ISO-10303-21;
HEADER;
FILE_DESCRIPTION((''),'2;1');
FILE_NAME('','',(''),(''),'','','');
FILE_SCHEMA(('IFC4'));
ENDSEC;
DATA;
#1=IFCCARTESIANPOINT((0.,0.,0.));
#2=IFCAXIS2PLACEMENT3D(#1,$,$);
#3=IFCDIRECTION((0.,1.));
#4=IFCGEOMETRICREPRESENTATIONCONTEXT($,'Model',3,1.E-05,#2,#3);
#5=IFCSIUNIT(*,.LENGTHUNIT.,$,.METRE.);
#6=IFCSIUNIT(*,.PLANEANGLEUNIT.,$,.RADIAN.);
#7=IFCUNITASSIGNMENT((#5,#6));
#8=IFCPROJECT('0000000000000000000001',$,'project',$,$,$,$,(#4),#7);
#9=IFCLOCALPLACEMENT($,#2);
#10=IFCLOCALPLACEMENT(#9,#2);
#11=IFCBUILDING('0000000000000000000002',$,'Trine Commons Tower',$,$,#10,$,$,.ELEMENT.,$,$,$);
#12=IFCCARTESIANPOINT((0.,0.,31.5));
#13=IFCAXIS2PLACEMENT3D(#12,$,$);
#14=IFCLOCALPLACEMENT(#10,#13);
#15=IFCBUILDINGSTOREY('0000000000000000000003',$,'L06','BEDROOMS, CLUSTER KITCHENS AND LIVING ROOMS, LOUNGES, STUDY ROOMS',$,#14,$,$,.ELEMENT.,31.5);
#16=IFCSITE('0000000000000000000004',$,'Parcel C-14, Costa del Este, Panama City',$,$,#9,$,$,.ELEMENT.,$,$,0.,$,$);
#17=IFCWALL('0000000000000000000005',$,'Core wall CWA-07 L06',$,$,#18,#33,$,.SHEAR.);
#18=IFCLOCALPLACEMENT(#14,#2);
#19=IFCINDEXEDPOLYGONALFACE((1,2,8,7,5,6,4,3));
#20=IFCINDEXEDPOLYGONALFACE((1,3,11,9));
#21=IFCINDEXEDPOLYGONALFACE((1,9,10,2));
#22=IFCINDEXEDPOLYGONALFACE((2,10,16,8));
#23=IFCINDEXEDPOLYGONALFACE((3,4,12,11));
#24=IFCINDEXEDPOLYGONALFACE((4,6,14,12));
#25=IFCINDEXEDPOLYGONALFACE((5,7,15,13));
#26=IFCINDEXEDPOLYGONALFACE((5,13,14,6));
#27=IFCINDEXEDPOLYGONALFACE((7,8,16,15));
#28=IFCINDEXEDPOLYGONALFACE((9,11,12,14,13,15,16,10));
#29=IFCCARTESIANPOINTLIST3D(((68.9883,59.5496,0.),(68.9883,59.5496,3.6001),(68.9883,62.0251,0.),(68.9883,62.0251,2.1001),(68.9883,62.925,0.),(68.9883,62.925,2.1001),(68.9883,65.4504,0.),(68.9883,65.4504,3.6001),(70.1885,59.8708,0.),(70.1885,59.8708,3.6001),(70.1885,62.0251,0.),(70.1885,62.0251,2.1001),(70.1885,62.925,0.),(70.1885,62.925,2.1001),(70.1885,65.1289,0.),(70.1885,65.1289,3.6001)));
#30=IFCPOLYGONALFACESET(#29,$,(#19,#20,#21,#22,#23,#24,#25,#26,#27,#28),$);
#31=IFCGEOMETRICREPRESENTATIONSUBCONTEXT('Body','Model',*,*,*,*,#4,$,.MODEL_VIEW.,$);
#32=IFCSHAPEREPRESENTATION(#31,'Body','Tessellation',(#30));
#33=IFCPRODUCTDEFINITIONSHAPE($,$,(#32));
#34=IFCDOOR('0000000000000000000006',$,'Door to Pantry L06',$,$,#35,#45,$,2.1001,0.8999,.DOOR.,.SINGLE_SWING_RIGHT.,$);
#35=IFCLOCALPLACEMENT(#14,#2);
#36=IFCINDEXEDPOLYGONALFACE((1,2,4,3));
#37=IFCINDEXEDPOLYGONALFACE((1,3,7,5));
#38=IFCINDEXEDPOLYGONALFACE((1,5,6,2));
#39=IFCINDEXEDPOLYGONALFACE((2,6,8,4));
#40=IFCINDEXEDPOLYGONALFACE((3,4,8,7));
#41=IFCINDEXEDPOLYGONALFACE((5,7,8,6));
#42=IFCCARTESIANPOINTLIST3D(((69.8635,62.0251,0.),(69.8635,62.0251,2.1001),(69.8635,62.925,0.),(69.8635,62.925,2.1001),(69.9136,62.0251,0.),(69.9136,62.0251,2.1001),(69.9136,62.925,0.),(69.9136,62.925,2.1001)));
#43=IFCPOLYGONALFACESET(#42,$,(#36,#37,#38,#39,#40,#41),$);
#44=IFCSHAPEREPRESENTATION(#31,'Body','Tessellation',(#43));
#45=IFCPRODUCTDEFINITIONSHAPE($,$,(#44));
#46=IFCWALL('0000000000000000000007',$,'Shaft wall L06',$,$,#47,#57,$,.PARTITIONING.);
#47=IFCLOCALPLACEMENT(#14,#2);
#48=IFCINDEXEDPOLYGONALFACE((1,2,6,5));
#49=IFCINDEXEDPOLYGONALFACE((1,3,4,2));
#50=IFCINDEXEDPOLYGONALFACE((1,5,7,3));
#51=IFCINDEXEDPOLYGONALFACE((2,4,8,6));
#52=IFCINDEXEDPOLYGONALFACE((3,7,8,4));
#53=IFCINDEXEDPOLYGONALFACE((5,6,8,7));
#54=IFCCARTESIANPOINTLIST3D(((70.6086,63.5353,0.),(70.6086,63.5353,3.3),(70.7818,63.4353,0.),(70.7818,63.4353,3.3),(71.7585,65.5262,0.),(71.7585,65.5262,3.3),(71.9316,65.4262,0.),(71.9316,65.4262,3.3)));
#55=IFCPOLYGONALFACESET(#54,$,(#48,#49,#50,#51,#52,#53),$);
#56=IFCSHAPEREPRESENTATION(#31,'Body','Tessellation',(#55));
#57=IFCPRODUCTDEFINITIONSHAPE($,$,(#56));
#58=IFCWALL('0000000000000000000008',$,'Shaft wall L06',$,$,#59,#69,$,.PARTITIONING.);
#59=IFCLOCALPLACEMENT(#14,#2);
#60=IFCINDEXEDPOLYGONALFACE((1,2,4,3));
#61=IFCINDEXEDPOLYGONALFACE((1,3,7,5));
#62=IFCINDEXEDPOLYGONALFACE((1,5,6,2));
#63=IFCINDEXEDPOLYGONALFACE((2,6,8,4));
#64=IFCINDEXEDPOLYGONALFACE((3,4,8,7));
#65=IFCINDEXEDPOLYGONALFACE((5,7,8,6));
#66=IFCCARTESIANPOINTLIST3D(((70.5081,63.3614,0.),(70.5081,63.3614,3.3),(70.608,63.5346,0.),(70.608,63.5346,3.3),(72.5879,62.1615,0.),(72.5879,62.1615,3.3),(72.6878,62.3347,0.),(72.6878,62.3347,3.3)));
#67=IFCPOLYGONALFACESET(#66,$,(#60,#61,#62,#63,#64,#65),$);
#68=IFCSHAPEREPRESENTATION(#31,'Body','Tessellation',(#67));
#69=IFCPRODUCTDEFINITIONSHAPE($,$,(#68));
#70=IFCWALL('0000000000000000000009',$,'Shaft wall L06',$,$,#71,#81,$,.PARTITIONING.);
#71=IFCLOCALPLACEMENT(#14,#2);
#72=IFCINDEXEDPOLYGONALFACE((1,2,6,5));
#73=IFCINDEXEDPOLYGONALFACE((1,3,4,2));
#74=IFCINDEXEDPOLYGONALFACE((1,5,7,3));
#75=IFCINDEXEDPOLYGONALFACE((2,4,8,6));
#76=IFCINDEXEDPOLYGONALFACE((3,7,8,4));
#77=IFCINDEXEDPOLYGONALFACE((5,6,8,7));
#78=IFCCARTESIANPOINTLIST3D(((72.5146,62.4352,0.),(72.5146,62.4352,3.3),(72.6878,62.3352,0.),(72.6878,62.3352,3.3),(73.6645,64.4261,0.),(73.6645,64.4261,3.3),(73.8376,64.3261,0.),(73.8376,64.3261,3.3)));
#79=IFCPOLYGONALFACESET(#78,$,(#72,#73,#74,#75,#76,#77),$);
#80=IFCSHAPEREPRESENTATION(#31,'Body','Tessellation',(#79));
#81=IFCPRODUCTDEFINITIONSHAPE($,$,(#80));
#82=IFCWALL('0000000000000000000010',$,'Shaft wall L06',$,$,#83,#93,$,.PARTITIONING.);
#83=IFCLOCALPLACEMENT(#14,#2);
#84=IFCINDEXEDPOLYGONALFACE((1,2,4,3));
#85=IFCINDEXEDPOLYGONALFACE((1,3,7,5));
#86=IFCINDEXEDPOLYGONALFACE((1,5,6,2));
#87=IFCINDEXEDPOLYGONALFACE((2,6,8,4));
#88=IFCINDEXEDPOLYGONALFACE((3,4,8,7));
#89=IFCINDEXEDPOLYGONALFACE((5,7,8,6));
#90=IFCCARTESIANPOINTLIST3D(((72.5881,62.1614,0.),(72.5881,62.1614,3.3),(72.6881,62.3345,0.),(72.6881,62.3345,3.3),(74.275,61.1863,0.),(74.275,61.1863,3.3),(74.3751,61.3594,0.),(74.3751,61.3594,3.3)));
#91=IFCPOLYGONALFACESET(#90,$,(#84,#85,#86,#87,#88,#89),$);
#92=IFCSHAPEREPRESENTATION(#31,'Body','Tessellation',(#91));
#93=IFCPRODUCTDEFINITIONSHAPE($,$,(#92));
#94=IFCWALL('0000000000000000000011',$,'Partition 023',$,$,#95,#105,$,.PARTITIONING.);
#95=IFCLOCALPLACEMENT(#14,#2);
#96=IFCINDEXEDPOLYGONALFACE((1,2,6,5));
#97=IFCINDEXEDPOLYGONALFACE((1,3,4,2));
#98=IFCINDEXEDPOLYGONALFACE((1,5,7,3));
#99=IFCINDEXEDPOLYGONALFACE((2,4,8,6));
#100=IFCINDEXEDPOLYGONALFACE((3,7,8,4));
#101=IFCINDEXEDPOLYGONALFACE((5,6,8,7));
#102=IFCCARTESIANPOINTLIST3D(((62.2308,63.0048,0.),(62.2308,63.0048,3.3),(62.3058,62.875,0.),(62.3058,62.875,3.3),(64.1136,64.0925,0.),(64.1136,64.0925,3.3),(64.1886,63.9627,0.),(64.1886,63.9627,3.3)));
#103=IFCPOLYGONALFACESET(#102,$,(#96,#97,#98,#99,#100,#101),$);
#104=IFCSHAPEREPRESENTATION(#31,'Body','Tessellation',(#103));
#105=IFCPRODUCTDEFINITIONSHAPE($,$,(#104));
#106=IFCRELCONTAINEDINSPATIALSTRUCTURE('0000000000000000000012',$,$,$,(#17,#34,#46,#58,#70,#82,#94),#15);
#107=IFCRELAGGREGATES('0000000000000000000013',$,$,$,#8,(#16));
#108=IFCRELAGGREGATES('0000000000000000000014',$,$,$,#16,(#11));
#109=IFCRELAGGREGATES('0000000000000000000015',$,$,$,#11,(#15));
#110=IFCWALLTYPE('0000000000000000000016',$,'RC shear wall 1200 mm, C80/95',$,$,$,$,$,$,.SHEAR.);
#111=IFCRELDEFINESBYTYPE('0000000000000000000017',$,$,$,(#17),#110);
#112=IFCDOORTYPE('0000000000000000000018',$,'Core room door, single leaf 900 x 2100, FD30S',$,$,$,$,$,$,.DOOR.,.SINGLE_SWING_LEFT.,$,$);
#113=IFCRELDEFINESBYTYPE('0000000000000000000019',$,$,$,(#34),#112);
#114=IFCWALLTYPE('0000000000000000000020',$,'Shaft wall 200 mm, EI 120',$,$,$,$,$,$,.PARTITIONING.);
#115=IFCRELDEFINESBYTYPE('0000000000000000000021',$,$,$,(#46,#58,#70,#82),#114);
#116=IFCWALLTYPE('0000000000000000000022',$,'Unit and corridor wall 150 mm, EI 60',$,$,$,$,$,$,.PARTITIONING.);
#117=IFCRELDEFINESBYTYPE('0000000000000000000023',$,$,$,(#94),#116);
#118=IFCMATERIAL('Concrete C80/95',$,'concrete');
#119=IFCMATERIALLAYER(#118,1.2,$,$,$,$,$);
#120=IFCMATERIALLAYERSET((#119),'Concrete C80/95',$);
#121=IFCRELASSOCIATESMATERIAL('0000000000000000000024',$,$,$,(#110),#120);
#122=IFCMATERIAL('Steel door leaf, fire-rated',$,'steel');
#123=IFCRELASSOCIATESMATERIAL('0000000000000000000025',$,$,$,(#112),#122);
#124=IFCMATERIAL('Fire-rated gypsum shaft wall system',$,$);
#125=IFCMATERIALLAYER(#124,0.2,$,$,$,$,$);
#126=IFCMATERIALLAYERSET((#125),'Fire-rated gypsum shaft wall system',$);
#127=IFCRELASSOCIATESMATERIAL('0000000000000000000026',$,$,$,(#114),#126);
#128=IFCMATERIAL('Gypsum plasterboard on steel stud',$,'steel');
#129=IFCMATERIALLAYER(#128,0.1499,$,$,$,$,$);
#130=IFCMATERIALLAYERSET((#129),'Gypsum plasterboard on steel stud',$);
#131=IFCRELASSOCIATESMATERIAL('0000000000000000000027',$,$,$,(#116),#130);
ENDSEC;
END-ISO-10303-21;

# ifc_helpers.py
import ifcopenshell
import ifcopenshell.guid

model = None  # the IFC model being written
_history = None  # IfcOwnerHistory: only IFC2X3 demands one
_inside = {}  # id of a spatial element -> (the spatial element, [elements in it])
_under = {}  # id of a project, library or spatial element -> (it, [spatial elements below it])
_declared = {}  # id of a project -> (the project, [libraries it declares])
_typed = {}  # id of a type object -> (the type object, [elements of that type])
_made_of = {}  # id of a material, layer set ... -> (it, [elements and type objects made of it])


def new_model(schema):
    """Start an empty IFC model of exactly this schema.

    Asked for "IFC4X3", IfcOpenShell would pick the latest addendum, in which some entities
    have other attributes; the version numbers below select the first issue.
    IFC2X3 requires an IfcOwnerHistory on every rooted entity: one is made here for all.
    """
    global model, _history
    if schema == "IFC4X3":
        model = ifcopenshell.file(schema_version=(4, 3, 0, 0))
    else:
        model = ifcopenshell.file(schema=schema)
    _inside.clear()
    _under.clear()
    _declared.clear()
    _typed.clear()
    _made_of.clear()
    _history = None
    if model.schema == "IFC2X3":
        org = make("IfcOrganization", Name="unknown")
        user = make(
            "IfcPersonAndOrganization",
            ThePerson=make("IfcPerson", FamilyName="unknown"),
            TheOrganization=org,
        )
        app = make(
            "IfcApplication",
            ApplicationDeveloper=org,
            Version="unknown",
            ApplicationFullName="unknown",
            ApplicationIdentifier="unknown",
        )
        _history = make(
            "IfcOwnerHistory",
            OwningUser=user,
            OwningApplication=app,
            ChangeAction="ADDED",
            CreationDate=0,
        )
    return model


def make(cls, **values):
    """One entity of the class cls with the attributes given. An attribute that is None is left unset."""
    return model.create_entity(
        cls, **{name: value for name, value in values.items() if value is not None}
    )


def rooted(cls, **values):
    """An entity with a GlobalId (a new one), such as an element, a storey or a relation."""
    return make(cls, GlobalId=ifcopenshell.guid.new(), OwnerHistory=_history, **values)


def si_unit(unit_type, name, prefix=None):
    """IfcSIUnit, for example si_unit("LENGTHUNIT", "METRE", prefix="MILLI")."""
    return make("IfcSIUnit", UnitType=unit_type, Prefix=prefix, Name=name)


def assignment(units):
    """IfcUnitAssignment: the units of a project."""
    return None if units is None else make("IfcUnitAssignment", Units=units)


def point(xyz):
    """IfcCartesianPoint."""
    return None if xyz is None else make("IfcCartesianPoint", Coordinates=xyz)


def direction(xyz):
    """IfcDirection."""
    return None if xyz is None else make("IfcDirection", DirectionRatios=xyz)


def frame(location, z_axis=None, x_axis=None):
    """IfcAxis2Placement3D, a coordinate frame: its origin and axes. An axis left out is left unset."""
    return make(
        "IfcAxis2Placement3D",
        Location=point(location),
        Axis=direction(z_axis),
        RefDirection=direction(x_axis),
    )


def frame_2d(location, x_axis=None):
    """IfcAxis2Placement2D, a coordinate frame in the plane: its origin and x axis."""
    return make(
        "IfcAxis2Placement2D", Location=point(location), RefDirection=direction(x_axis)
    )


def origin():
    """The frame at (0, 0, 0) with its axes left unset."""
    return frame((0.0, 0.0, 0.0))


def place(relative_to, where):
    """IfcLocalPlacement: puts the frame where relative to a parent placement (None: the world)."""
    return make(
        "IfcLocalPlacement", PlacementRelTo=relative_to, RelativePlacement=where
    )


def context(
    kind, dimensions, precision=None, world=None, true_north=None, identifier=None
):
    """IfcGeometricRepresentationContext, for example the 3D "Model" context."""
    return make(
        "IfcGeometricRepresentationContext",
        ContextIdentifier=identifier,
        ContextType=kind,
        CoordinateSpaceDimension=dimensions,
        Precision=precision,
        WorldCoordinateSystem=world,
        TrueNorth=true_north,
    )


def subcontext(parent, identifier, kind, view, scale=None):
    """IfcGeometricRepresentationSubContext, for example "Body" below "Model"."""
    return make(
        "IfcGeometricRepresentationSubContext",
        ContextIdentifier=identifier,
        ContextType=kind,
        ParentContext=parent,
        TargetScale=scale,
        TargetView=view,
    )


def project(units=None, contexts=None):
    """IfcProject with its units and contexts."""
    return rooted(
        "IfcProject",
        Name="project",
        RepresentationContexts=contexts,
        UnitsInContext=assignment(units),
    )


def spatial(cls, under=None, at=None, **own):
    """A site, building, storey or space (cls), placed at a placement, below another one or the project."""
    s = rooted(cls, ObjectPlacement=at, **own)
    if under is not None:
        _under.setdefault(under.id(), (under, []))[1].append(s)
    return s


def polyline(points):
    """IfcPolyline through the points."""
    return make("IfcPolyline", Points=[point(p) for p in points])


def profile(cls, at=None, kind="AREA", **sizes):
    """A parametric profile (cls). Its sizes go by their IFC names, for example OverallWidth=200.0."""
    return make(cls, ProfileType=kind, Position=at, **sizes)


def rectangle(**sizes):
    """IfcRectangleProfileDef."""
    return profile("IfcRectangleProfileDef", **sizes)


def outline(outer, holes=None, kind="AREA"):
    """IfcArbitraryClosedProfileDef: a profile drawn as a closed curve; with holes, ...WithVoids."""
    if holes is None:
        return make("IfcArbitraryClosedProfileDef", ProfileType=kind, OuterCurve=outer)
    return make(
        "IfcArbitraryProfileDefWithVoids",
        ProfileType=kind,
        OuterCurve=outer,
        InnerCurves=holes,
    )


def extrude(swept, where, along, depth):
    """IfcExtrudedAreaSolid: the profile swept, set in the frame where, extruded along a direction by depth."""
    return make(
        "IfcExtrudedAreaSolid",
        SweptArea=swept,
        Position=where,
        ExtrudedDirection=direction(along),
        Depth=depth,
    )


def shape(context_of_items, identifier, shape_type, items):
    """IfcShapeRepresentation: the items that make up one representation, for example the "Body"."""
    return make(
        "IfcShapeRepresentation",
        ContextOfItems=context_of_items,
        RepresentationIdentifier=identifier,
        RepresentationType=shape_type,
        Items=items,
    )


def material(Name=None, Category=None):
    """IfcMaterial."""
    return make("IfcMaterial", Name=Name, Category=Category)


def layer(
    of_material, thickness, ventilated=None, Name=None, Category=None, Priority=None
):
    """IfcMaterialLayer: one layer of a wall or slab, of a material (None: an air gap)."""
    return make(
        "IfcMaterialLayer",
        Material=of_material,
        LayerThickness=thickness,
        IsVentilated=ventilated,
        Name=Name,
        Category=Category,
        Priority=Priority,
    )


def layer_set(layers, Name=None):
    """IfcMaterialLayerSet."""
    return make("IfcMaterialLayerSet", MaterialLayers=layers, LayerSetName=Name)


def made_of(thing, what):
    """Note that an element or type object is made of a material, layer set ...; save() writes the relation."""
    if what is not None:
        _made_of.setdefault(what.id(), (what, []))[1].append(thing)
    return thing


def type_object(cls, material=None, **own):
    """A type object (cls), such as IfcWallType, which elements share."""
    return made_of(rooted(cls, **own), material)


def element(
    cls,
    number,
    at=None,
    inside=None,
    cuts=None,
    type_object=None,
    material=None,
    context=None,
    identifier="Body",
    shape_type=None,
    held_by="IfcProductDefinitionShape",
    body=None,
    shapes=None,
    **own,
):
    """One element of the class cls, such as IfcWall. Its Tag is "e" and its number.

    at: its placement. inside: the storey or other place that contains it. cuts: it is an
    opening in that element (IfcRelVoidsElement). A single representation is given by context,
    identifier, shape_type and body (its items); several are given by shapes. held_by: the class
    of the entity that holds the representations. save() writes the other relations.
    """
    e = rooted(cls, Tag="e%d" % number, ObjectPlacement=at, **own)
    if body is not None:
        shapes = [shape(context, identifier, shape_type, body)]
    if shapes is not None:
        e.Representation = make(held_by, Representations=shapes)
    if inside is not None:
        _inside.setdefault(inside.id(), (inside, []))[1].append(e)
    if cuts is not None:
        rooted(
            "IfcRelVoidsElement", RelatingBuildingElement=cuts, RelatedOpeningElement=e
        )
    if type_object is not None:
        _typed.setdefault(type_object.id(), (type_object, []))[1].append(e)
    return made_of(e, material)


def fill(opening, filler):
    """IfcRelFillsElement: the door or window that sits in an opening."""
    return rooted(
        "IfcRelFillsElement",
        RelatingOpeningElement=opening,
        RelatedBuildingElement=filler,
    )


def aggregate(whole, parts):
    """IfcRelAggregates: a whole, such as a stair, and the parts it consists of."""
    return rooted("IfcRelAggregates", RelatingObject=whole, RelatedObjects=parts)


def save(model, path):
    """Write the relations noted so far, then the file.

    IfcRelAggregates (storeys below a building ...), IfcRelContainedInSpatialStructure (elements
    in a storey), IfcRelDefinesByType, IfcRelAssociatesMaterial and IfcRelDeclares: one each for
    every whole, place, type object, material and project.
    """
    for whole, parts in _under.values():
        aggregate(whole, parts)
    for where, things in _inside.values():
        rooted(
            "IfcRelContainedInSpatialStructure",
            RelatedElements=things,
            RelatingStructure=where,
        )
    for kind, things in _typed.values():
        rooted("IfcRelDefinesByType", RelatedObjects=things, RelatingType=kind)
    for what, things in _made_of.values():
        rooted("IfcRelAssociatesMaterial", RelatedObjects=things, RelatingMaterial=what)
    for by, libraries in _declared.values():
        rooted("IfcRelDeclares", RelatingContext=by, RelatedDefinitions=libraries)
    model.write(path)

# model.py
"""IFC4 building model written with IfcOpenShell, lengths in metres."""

from ifc_helpers import new_model, si_unit, direction, frame, frame_2d, origin, place, context, subcontext, project, spatial, polyline, rectangle, outline, extrude, material, layer, layer_set, type_object, element, fill, save


model = new_model("IFC4")

# Units and contexts
model_context = context("Model", 3, precision=1e-05, world=origin(), true_north=direction((0.0, 1.0)))
body_context = subcontext(model_context, "Body", "Model", "MODEL_VIEW")
ifc_project = project(units=[si_unit("LENGTHUNIT", "METRE"), si_unit("PLANEANGLEUNIT", "RADIAN")], contexts=[model_context])

# Site, building, storey
site_placement = place(None, origin())
site = spatial("IfcSite", under=ifc_project, at=site_placement, Name="Parcel C-14, Costa del Este, Panama City", CompositionType="ELEMENT", RefElevation=0.0)
building_placement = place(site_placement, origin())
building = spatial("IfcBuilding", under=site, at=building_placement, Name="Trine Commons Tower", CompositionType="ELEMENT")
storey_placement = place(building_placement, frame((0.0, 0.0, 31.5)))
storey = spatial("IfcBuildingStorey", under=building, at=storey_placement, Name="L06", Description="BEDROOMS, CLUSTER KITCHENS AND LIVING ROOMS, LOUNGES, STUDY ROOMS", CompositionType="ELEMENT", Elevation=31.5)

# Wall, opening, door
ifc_material_1 = material(Name="Concrete C80/95", Category="concrete")
ifc_layer_1 = layer(ifc_material_1, 1.2)
ifc_layer_set_1 = layer_set([ifc_layer_1], Name="Concrete C80/95")
wall_type_1 = type_object("IfcWallType", Name="RC shear wall 1200 mm, C80/95", PredefinedType="SHEAR", material=ifc_layer_set_1)
wall_1_placement = place(storey_placement, frame((69.5884, 65.4504, 0.0), z_axis=(0.0, 0.0, 1.0), x_axis=(0.0, -1.0, 0.0)))
wall_1 = element("IfcWall", 1, at=wall_1_placement, inside=storey, type_object=wall_type_1, Name="Core wall CWA-07 L06", PredefinedType="SHEAR", context=body_context, shape_type="SweptSolid", body=[
    extrude(outline(polyline([(0.0, -0.6001), (5.9009, -0.6001), (5.5796, 0.6001), (0.3215, 0.6001), (0.0, -0.6001)])), origin(), (0.0, 0.0, 1.0), 3.6001),
])
opening_1_placement = place(wall_1_placement, frame((2.5254, 0.0, 0.0)))
opening_1 = element("IfcOpeningElement", 2, at=opening_1_placement, cuts=wall_1, PredefinedType="OPENING", context=body_context, shape_type="SweptSolid", body=[
    extrude(rectangle(XDim=0.8999, YDim=2.1001, at=frame_2d((0.45, 1.05))), frame((0.0, 0.6099, 0.0), z_axis=(0.0, -1.0, 0.0), x_axis=(1.0, 0.0, 0.0)), (0.0, 0.0, 1.0), 1.22),
])
ifc_material_2 = material(Name="Steel door leaf, fire-rated", Category="steel")
door_type_1 = type_object("IfcDoorType", Name="Core room door, single leaf 900 x 2100, FD30S", OperationType="SINGLE_SWING_LEFT", PredefinedType="DOOR", material=ifc_material_2)
door_1_placement = place(opening_1_placement, origin())
door_1 = element("IfcDoor", 3, at=door_1_placement, inside=storey, type_object=door_type_1, Name="Door to Pantry L06", OperationType="SINGLE_SWING_RIGHT", OverallHeight=2.1001, OverallWidth=0.8999, PredefinedType="DOOR", context=body_context, shape_type="SweptSolid", body=[
    extrude(rectangle(XDim=0.8999, YDim=2.1001, at=frame_2d((0.45, 1.05))), frame((0.0, 0.3252, 0.0), z_axis=(0.0, -1.0, 0.0), x_axis=(1.0, 0.0, 0.0)), (0.0, 0.0, 1.0), 0.05),
])
fill(opening_1, door_1)

# Walls
ifc_material_3 = material(Name="Fire-rated gypsum shaft wall system")
ifc_layer_2 = layer(ifc_material_3, 0.2)
ifc_layer_set_2 = layer_set([ifc_layer_2], Name="Fire-rated gypsum shaft wall system")
wall_type_2 = type_object("IfcWallType", Name="Shaft wall 200 mm, EI 120", PredefinedType="PARTITIONING", material=ifc_layer_set_2)
wall_2_placement = place(storey_placement, frame((71.845, 65.4761, 0.0), z_axis=(0.0, 0.0, 1.0), x_axis=(-0.500136, -0.865947, 0.0)))
element("IfcWall", 4, at=wall_2_placement, inside=storey, type_object=wall_type_2, Name="Shaft wall L06", PredefinedType="PARTITIONING", context=body_context, shape_type="SweptSolid", body=[
    extrude(rectangle(XDim=2.2991, YDim=0.2, at=frame_2d((1.1494, 0.0))), origin(), (0.0, 0.0, 1.0), 3.3),
])
wall_3_placement = place(storey_placement, frame((72.6379, 62.248, 0.0), z_axis=(0.0, 0.0, 1.0), x_axis=(-0.866177, 0.499737, 0.0)))
element("IfcWall", 5, at=wall_3_placement, inside=storey, type_object=wall_type_2, Name="Shaft wall L06", PredefinedType="PARTITIONING", context=body_context, shape_type="SweptSolid", body=[
    extrude(rectangle(XDim=2.4011, YDim=0.2, at=frame_2d((1.2007, 0.0))), origin(), (0.0, 0.0, 1.0), 3.3),
])
wall_4_placement = place(storey_placement, frame((73.751, 64.376, 0.0), z_axis=(0.0, 0.0, 1.0), x_axis=(-0.500136, -0.865947, 0.0)))
element("IfcWall", 6, at=wall_4_placement, inside=storey, type_object=wall_type_2, Name="Shaft wall L06", PredefinedType="PARTITIONING", context=body_context, shape_type="SweptSolid", body=[
    extrude(rectangle(XDim=2.2991, YDim=0.2, at=frame_2d((1.1494, 0.0))), origin(), (0.0, 0.0, 1.0), 3.3),
])
wall_5_placement = place(storey_placement, frame((74.325, 61.2729, 0.0), z_axis=(0.0, 0.0, 1.0), x_axis=(-0.865781, 0.500424, 0.0)))
element("IfcWall", 7, at=wall_5_placement, inside=storey, type_object=wall_type_2, Name="Shaft wall L06", PredefinedType="PARTITIONING", context=body_context, shape_type="SweptSolid", body=[
    extrude(rectangle(XDim=1.9485, YDim=0.2, at=frame_2d((0.9741, 0.0))), origin(), (0.0, 0.0, 1.0), 3.3),
])
ifc_material_4 = material(Name="Gypsum plasterboard on steel stud", Category="steel")
ifc_layer_3 = layer(ifc_material_4, 0.1499)
ifc_layer_set_3 = layer_set([ifc_layer_3], Name="Gypsum plasterboard on steel stud")
wall_type_3 = type_object("IfcWallType", Name="Unit and corridor wall 150 mm, EI 60", PredefinedType="PARTITIONING", material=ifc_layer_set_3)
wall_6_placement = place(storey_placement, frame((62.2683, 62.9399, 0.0), z_axis=(0.0, 0.0, 1.0), x_axis=(0.865905, 0.500208, 0.0)))
element("IfcWall", 8, at=wall_6_placement, inside=storey, type_object=wall_type_3, Name="Partition 023", PredefinedType="PARTITIONING", context=body_context, shape_type="SweptSolid", body=[
    extrude(rectangle(XDim=2.1743, YDim=0.1499, at=frame_2d((1.0872, 0.0))), origin(), (0.0, 0.0, 1.0), 3.3),
])

save(model, "model.ifc")
